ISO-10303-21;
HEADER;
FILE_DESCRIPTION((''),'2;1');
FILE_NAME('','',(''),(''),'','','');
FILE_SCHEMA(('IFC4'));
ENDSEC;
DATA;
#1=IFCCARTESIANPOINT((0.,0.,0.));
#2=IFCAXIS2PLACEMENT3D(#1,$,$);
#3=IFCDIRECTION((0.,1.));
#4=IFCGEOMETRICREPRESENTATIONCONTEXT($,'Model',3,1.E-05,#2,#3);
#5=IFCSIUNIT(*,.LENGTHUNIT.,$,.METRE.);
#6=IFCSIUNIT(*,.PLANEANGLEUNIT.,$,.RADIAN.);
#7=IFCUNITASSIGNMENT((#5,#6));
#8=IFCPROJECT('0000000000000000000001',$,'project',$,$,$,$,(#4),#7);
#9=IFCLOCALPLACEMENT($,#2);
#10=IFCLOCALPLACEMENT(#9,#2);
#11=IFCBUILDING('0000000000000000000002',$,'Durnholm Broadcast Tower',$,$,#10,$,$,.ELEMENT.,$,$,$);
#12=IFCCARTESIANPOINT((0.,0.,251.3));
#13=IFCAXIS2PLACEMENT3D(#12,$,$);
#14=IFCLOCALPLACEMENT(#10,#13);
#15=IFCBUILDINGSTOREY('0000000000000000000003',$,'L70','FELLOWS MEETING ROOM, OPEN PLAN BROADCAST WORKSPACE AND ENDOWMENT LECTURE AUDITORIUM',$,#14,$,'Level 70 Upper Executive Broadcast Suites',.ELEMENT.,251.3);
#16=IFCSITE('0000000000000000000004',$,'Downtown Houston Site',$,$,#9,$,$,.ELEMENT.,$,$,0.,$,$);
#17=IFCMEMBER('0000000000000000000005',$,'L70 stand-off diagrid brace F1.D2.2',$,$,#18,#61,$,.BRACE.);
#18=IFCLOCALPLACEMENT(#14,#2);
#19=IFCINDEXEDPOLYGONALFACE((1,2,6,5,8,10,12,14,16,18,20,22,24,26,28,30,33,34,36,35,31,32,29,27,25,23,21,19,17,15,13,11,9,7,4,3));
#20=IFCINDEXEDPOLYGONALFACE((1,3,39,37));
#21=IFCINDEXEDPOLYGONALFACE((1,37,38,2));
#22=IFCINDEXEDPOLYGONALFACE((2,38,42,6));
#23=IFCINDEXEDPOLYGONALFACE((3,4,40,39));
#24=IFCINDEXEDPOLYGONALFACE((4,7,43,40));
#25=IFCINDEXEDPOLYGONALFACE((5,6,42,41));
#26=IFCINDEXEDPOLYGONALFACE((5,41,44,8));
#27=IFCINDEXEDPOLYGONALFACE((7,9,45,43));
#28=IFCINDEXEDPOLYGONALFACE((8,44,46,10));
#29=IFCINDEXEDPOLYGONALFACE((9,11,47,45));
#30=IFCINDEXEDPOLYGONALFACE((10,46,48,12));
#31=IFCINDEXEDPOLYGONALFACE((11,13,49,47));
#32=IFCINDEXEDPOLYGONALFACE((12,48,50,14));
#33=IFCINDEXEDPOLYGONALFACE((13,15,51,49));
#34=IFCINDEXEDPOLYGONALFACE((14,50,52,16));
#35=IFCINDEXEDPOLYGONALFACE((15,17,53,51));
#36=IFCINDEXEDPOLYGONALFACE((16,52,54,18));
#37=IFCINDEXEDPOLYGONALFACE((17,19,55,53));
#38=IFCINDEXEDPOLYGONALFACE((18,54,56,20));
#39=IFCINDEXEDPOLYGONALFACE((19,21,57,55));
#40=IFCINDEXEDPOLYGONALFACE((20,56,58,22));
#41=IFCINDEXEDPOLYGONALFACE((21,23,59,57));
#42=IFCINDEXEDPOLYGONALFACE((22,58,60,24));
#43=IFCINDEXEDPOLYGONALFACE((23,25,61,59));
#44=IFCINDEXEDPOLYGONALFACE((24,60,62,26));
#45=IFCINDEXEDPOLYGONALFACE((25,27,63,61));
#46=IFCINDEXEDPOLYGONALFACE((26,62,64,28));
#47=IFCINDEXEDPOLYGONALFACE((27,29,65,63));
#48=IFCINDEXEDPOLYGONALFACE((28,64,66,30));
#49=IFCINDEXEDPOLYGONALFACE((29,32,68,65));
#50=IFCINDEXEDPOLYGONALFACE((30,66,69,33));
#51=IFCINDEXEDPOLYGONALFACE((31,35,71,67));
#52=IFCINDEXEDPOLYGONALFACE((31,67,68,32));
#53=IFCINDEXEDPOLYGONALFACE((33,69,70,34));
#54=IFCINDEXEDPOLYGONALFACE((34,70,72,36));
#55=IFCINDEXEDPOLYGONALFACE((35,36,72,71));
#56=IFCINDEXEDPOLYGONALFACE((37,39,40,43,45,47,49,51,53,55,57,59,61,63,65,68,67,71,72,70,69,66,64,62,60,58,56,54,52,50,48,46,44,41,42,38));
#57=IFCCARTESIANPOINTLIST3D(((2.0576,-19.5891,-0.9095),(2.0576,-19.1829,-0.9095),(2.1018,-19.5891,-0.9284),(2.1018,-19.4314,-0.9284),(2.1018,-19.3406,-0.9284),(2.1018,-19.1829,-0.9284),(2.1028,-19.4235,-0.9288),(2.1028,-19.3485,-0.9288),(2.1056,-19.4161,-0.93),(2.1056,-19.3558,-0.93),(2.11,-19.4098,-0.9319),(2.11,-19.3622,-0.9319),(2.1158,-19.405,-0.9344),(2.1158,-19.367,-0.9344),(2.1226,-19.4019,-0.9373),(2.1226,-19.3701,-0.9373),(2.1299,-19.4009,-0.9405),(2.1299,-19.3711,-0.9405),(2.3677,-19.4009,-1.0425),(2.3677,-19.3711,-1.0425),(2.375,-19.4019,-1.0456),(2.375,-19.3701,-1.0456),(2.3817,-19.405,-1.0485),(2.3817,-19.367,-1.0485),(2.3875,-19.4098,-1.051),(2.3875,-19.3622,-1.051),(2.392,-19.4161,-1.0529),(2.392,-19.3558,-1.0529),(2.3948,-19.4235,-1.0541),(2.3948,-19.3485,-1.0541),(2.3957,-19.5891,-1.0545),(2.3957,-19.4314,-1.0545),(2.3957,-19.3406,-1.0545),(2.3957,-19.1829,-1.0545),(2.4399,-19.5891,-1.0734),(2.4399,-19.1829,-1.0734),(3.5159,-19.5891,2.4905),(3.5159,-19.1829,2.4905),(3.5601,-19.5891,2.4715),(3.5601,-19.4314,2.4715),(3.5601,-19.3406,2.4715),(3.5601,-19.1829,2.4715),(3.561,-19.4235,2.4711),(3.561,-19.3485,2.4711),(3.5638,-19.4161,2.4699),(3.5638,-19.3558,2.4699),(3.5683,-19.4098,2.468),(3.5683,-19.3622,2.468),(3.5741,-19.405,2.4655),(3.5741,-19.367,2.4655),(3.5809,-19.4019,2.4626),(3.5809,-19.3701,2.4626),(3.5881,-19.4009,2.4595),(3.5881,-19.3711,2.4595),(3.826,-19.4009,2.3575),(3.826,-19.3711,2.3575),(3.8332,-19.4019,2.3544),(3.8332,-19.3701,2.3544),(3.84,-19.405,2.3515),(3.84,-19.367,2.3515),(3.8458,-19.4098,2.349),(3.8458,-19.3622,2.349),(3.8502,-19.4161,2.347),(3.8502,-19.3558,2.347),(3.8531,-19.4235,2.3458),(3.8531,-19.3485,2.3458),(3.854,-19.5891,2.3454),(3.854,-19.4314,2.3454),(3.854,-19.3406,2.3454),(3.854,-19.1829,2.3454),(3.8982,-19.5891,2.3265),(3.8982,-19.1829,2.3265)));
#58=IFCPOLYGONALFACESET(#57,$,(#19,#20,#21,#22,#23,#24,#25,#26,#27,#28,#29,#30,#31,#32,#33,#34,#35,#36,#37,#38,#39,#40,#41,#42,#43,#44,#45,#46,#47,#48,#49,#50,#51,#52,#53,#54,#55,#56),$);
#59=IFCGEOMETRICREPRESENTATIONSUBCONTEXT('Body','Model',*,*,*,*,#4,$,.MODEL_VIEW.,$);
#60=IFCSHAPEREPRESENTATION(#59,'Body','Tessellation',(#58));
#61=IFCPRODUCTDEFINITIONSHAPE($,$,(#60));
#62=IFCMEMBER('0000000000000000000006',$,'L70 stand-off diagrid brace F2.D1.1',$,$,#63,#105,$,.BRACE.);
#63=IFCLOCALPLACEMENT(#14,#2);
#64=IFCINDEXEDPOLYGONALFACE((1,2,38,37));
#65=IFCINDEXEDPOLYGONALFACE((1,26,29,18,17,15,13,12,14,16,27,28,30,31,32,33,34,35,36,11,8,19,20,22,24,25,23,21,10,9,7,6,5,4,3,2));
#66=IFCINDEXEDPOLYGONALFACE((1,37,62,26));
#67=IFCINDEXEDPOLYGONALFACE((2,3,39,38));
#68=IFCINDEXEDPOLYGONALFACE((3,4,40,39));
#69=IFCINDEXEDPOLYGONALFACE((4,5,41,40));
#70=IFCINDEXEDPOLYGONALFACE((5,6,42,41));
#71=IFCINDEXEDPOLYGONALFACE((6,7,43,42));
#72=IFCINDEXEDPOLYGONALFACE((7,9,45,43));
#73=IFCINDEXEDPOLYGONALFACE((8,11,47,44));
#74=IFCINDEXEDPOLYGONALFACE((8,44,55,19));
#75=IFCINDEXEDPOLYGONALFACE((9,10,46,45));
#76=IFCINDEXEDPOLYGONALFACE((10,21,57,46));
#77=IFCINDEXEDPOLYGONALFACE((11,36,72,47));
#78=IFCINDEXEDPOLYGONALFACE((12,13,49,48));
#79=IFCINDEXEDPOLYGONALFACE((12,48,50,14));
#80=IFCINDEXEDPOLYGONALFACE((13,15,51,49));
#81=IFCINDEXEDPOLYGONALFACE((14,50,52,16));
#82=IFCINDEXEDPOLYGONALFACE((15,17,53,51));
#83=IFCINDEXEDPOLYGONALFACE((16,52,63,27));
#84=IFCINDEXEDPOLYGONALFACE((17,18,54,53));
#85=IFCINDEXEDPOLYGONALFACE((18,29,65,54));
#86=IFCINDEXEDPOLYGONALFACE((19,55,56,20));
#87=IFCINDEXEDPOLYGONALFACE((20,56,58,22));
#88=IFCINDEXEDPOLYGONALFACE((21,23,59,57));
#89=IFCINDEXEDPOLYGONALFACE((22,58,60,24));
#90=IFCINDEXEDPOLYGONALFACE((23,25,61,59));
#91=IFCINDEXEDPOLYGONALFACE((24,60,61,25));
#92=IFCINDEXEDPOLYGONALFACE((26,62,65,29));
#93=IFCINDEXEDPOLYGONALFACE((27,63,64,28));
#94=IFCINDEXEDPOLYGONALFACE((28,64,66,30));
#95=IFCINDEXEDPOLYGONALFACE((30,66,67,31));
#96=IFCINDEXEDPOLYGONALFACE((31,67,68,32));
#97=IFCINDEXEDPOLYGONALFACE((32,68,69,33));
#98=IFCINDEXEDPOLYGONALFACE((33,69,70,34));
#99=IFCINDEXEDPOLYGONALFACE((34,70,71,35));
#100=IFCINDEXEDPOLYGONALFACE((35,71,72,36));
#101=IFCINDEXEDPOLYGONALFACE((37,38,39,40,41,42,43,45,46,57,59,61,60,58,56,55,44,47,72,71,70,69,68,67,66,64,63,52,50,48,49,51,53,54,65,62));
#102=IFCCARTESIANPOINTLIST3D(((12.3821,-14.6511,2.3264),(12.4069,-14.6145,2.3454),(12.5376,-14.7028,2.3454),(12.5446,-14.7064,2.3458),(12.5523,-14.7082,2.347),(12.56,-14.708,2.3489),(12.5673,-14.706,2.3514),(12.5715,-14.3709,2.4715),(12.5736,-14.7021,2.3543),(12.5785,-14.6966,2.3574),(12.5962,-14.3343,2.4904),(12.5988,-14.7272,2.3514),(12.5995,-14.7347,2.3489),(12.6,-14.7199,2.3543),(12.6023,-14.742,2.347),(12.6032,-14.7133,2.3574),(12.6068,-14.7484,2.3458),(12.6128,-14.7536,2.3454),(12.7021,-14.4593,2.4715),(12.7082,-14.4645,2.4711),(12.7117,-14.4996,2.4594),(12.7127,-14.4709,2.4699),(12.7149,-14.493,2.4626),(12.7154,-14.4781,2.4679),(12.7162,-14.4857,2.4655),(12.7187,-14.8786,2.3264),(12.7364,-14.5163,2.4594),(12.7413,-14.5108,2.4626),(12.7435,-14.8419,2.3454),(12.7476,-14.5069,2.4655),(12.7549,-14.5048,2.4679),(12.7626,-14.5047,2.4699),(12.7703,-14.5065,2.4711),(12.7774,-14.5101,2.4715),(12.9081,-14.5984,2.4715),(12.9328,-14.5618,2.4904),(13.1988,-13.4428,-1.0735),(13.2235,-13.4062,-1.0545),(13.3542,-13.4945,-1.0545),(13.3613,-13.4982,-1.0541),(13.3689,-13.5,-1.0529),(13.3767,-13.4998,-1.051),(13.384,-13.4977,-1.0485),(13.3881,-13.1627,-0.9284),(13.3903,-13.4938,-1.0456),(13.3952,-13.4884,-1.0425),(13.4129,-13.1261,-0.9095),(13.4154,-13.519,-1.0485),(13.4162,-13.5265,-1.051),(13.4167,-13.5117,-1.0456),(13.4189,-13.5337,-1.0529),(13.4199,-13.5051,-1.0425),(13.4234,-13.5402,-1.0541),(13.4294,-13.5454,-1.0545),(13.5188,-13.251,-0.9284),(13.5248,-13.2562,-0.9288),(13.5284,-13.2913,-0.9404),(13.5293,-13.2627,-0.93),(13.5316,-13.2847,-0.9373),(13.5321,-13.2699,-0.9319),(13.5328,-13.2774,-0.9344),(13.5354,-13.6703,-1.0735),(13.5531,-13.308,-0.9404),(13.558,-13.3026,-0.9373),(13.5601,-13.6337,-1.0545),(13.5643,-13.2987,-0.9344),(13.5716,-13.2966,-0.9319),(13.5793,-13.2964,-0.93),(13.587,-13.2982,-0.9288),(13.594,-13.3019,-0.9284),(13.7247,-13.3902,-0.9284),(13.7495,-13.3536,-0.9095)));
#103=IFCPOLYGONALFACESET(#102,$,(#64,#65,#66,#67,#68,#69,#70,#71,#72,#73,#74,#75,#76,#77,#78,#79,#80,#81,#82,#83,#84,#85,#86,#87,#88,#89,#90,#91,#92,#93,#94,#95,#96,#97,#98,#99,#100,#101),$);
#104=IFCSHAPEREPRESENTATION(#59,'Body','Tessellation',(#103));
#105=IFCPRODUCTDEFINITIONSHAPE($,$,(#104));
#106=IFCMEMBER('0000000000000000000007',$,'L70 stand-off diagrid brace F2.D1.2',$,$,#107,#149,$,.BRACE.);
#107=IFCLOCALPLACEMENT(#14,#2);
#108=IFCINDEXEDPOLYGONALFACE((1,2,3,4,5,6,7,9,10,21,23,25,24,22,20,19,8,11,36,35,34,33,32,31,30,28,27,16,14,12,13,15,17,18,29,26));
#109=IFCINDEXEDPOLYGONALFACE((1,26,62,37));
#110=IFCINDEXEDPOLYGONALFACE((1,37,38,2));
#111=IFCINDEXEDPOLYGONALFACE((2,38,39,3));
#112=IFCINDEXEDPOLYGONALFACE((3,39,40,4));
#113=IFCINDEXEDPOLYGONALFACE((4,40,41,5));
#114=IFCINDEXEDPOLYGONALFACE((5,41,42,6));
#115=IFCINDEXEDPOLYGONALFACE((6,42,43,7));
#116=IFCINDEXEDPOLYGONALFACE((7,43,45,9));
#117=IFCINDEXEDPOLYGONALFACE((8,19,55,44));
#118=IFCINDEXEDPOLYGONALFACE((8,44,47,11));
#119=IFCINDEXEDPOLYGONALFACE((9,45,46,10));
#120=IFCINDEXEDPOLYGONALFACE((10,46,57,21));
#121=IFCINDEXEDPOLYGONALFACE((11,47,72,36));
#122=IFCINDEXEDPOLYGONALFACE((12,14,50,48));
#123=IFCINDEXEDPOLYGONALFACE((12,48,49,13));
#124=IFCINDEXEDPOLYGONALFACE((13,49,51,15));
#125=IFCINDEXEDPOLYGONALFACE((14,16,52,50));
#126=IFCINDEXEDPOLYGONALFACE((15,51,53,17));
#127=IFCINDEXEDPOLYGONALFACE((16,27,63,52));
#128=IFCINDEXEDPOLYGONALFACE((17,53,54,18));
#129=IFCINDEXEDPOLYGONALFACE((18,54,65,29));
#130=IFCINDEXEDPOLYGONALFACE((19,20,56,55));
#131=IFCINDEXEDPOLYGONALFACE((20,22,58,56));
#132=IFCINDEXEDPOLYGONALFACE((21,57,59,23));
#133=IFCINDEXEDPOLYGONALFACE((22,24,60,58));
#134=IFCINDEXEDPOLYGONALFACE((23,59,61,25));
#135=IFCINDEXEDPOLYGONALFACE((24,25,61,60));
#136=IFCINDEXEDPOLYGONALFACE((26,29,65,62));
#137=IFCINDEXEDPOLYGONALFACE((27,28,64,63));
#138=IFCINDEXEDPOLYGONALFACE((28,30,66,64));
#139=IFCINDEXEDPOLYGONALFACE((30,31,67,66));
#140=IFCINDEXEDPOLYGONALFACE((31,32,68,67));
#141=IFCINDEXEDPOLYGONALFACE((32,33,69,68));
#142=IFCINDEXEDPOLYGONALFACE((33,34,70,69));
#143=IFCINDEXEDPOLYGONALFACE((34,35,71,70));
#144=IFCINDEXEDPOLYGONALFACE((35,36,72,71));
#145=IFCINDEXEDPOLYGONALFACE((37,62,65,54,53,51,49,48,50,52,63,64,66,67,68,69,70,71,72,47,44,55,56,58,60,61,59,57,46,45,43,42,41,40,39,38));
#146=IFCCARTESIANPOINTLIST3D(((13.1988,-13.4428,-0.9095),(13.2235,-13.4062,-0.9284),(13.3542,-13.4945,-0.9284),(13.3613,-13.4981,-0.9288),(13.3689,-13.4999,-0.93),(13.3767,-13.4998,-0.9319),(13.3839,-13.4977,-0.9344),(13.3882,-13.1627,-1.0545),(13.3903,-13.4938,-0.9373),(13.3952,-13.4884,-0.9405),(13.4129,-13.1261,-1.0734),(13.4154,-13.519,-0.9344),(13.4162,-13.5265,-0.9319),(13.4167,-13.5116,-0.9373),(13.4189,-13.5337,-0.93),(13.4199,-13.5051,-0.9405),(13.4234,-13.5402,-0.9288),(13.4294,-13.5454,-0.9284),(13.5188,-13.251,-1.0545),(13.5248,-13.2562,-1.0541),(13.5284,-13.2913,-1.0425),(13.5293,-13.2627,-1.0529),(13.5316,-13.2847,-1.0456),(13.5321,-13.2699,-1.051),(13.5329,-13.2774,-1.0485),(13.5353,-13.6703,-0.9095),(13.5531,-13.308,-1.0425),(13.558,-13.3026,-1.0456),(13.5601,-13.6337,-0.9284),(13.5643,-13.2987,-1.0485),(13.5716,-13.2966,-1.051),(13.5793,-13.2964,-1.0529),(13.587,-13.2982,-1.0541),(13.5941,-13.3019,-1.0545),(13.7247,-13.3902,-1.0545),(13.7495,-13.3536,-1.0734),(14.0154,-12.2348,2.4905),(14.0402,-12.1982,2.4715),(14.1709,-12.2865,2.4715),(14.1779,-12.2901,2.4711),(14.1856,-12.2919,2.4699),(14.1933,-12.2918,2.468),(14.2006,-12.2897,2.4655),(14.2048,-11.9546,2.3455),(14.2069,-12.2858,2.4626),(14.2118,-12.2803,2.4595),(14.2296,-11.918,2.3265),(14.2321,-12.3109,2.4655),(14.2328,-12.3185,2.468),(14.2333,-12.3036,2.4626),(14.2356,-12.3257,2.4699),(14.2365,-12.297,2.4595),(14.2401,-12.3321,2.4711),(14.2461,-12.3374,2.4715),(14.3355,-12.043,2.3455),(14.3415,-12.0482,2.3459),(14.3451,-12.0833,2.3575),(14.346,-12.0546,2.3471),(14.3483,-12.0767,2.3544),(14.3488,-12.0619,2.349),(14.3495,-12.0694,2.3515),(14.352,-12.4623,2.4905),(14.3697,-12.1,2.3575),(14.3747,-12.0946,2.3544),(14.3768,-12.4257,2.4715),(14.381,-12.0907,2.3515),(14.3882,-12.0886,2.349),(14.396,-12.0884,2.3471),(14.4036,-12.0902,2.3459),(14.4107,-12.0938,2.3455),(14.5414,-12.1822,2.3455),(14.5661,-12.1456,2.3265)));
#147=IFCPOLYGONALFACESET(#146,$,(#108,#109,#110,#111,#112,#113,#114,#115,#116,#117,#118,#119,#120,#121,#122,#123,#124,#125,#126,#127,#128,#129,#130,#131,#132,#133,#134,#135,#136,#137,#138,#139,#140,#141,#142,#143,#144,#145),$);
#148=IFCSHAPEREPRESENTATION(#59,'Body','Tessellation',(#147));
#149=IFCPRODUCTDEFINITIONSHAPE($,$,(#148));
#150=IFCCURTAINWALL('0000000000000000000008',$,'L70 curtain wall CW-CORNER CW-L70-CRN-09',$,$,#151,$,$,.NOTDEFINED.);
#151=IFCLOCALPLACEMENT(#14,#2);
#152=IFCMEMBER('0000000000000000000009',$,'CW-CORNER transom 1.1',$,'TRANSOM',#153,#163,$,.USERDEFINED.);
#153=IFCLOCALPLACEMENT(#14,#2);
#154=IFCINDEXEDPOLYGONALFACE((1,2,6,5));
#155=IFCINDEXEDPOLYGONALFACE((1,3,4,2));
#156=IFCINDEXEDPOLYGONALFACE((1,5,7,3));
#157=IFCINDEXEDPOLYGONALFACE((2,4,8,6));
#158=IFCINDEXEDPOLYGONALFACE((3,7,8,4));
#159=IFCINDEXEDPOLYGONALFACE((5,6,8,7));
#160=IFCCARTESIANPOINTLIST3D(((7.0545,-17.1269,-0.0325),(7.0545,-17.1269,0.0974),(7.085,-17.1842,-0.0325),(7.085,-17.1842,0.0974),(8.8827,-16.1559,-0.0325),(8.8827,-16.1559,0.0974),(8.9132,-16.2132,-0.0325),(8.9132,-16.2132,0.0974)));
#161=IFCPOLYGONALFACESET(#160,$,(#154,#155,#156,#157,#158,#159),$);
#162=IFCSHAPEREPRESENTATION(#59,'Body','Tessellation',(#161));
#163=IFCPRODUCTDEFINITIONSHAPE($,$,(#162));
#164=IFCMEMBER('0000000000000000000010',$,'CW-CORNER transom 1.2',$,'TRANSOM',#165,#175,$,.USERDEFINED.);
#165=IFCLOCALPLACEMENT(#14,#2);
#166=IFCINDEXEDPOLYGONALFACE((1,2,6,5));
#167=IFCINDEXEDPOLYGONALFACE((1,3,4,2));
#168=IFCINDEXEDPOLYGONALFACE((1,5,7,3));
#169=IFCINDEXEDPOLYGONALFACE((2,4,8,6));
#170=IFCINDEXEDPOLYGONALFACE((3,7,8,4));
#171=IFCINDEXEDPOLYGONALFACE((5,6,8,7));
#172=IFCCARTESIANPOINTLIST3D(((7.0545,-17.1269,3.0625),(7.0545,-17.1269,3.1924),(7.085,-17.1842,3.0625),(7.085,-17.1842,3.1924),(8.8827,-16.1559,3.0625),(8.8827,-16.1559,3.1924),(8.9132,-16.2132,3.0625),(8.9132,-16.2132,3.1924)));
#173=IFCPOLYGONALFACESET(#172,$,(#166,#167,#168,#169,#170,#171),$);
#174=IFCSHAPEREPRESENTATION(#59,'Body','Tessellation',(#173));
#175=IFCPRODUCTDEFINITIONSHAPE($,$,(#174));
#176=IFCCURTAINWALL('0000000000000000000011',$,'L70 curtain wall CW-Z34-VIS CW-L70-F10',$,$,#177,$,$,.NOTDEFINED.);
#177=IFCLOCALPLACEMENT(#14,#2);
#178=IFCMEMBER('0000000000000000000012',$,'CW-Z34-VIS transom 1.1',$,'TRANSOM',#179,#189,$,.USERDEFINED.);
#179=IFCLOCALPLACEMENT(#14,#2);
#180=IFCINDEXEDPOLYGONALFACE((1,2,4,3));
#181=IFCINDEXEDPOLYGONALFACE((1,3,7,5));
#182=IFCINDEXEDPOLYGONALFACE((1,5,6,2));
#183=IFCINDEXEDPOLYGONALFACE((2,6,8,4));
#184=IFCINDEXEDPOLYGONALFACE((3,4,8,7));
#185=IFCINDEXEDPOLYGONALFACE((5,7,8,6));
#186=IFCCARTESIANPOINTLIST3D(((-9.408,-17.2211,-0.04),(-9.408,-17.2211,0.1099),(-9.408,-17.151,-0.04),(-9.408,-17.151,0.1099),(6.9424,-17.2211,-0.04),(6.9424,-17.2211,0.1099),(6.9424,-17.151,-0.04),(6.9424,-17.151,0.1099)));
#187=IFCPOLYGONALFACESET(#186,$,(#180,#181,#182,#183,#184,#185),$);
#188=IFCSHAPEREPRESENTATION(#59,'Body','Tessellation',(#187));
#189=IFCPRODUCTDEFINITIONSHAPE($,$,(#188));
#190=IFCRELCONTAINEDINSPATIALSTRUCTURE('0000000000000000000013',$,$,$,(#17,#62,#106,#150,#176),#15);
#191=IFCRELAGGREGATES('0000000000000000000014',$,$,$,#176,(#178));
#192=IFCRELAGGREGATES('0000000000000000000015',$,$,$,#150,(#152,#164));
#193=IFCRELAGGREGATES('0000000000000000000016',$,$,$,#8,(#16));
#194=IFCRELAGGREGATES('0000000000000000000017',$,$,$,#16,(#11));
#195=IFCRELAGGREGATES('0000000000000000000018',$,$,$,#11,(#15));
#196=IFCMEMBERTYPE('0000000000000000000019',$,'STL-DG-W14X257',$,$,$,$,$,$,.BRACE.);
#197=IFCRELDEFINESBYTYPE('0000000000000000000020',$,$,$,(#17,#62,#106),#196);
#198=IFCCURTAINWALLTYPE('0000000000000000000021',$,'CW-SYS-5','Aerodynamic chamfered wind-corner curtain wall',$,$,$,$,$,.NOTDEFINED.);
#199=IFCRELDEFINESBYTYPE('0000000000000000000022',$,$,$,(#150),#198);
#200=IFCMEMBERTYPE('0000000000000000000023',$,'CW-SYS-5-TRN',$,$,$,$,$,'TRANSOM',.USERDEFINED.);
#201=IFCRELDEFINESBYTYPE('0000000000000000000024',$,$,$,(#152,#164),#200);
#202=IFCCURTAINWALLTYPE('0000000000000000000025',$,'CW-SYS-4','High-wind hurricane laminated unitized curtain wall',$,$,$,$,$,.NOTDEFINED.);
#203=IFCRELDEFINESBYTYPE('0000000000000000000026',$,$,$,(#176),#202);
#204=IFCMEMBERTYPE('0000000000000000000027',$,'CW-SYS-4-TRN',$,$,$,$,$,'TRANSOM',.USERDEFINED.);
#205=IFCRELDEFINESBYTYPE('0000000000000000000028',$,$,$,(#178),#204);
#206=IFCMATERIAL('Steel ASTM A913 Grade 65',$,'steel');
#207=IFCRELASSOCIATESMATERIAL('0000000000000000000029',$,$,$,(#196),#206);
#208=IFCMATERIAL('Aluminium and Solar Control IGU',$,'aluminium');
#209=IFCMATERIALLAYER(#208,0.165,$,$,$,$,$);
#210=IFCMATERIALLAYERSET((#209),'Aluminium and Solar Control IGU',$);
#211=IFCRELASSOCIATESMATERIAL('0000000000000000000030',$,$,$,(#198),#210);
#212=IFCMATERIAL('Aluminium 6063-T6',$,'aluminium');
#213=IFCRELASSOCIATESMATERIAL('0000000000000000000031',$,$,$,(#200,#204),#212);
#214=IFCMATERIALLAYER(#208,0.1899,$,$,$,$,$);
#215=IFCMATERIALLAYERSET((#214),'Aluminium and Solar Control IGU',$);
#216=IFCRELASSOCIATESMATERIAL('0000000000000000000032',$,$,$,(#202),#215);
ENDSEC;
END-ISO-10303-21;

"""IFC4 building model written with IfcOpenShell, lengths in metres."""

from ifc_helpers import new_model, si_unit, direction, frame, origin, origin_2d, place, context, subcontext, project, spatial, rectangle, i_section, extrude, source, transform, mapped, material, layer, layer_set, material_profile, profile_set, type_object, type_shapes, element, aggregate, save


model = new_model("IFC4")

# Units and contexts
model_context = context("Model", 3, precision=1e-05, world=origin(), true_north=direction((0.0, 1.0)))
body_context = subcontext(model_context, "Body", "Model", "MODEL_VIEW")
ifc_project = project(units=[si_unit("LENGTHUNIT", "METRE"), si_unit("PLANEANGLEUNIT", "RADIAN")], contexts=[model_context])

# Site, building, storey
site_placement = place(None, origin())
site = spatial("IfcSite", under=ifc_project, at=site_placement, Name="Downtown Houston Site", CompositionType="ELEMENT", RefElevation=0.0)
building_placement = place(site_placement, origin())
building = spatial("IfcBuilding", under=site, at=building_placement, Name="Durnholm Broadcast Tower", CompositionType="ELEMENT")
storey_placement = place(building_placement, frame((0.0, 0.0, 251.3)))
storey = spatial("IfcBuildingStorey", under=building, at=storey_placement, Name="L70", Description="FELLOWS MEETING ROOM, OPEN PLAN BROADCAST WORKSPACE AND ENDOWMENT LECTURE AUDITORIUM", LongName="Level 70 Upper Executive Broadcast Suites", CompositionType="ELEMENT", Elevation=251.3)

# Members
ifc_material_1 = material(Name="Steel ASTM A913 Grade 65", Category="steel")
ifc_material_profile_1 = material_profile(ifc_material_1, i_section(OverallWidth=0.4062, OverallDepth=0.416, WebThickness=0.0298, FlangeThickness=0.0481, FilletRadius=0.0305, at=origin_2d()), Name="W14X257")
ifc_profile_set_1 = profile_set([ifc_material_profile_1], Name="Steel ASTM A913 Grade 65")
member_type_1 = type_object("IfcMemberType", Name="STL-DG-W14X257", PredefinedType="BRACE", material=ifc_profile_set_1)
shared_shape_1 = source(origin(), body_context, "Body", "SweptSolid", [
    extrude(i_section(OverallWidth=0.4062, OverallDepth=0.416, WebThickness=0.0298, FlangeThickness=0.0481, FilletRadius=0.0305, at=origin_2d()), origin(), (0.0, 0.0, 1.0), 3.6995),
])
type_shapes(member_type_1, [shared_shape_1])
for number, where, z_axis, x_axis, name in (
    (1, (2.2488, -19.386, -0.9915), (0.394182, 0.0, 0.919032), (0.0, 1.0, 0.0), "L70 stand-off diagrid brace F1.D2.2"),
    (2, (13.4741, -13.3982, -0.9915), (-0.220748, -0.326601, 0.919023), (0.828505, -0.559982, 0.0), "L70 stand-off diagrid brace F2.D1.1"),
    (3, (13.4741, -13.3982, -0.9915), (0.220752, 0.326542, 0.919042), (-0.828452, 0.560059, 0.0), "L70 stand-off diagrid brace F2.D1.2"),
):
    element("IfcMember", number, at=place(storey_placement, frame(where, z_axis=z_axis, x_axis=x_axis)), inside=storey, type_object=member_type_1, Name=name, PredefinedType="BRACE", context=body_context, shape_type="MappedRepresentation", body=[
        mapped(shared_shape_1, transform((0.0, 0.0, 0.0), x_axis=(1.0, 0.0, 0.0), y_axis=(0.0, 1.0, 0.0), z_axis=(0.0, 0.0, 1.0), scale=1.0)),
    ])

# Curtain walls, members
ifc_material_2 = material(Name="Aluminium and Solar Control IGU", Category="aluminium")
ifc_layer_1 = layer(ifc_material_2, 0.165)
ifc_layer_set_1 = layer_set([ifc_layer_1], Name="Aluminium and Solar Control IGU")
curtain_wall_type_1 = type_object("IfcCurtainWallType", Name="CW-SYS-5", Description="Aerodynamic chamfered wind-corner curtain wall", PredefinedType="NOTDEFINED", material=ifc_layer_set_1)
curtain_wall_1_placement = place(storey_placement, origin())
curtain_wall_1 = element("IfcCurtainWall", 4, at=curtain_wall_1_placement, inside=storey, type_object=curtain_wall_type_1, Name="L70 curtain wall CW-CORNER CW-L70-CRN-09", PredefinedType="NOTDEFINED")
ifc_material_3 = material(Name="Aluminium 6063-T6", Category="aluminium")
ifc_material_profile_2 = material_profile(ifc_material_3, rectangle(XDim=0.0649, YDim=0.1299, at=origin_2d()), Name="CWT65X130")
ifc_profile_set_2 = profile_set([ifc_material_profile_2], Name="Aluminium 6063-T6")
member_type_2 = type_object("IfcMemberType", Name="CW-SYS-5-TRN", ElementType="TRANSOM", PredefinedType="USERDEFINED", material=ifc_profile_set_2)
shared_shape_2 = source(origin(), body_context, "Body", "SweptSolid", [
    extrude(rectangle(XDim=0.0649, YDim=0.1299, at=origin_2d()), origin(), (0.0, 0.0, 1.0), 2.0701),
])
type_shapes(member_type_2, [shared_shape_2])
member_1_placement = place(storey_placement, frame((8.8979, -16.1846, 0.0325), z_axis=(-0.883165, -0.469063, 0.0), x_axis=(0.469063, -0.883165, 0.0)))
member_1 = element("IfcMember", 5, at=member_1_placement, type_object=member_type_2, Name="CW-CORNER transom 1.1", ObjectType="TRANSOM", PredefinedType="USERDEFINED", context=body_context, shape_type="MappedRepresentation", body=[
    mapped(shared_shape_2, transform((0.0, 0.0, 0.0), x_axis=(1.0, 0.0, 0.0), y_axis=(0.0, 1.0, 0.0), z_axis=(0.0, 0.0, 1.0), scale=1.0)),
])
member_2_placement = place(storey_placement, frame((8.8979, -16.1846, 3.1274), z_axis=(-0.883165, -0.469063, 0.0), x_axis=(0.469063, -0.883165, 0.0)))
member_2 = element("IfcMember", 6, at=member_2_placement, type_object=member_type_2, Name="CW-CORNER transom 1.2", ObjectType="TRANSOM", PredefinedType="USERDEFINED", context=body_context, shape_type="MappedRepresentation", body=[
    mapped(shared_shape_2, transform((0.0, 0.0, 0.0), x_axis=(1.0, 0.0, 0.0), y_axis=(0.0, 1.0, 0.0), z_axis=(0.0, 0.0, 1.0), scale=1.0)),
])
ifc_layer_2 = layer(ifc_material_2, 0.1899)
ifc_layer_set_2 = layer_set([ifc_layer_2], Name="Aluminium and Solar Control IGU")
curtain_wall_type_2 = type_object("IfcCurtainWallType", Name="CW-SYS-4", Description="High-wind hurricane laminated unitized curtain wall", PredefinedType="NOTDEFINED", material=ifc_layer_set_2)
curtain_wall_2_placement = place(storey_placement, origin())
curtain_wall_2 = element("IfcCurtainWall", 7, at=curtain_wall_2_placement, inside=storey, type_object=curtain_wall_type_2, Name="L70 curtain wall CW-Z34-VIS CW-L70-F10", PredefinedType="NOTDEFINED")
ifc_material_profile_3 = material_profile(ifc_material_3, rectangle(XDim=0.0701, YDim=0.1499, at=origin_2d()), Name="CWT70X150")
ifc_profile_set_3 = profile_set([ifc_material_profile_3], Name="Aluminium 6063-T6")
member_type_3 = type_object("IfcMemberType", Name="CW-SYS-4-TRN", ElementType="TRANSOM", PredefinedType="USERDEFINED", material=ifc_profile_set_3)
shared_shape_3 = source(origin(), body_context, "Body", "SweptSolid", [
    extrude(rectangle(XDim=0.0701, YDim=0.1499, at=origin_2d()), origin(), (0.0, 0.0, 1.0), 16.3503),
])
type_shapes(member_type_3, [shared_shape_3])
member_3_placement = place(storey_placement, frame((6.9424, -17.186, 0.0349), z_axis=(-1.0, 0.0, 0.0), x_axis=(0.0, -1.0, 0.0)))
member_3 = element("IfcMember", 8, at=member_3_placement, type_object=member_type_3, Name="CW-Z34-VIS transom 1.1", ObjectType="TRANSOM", PredefinedType="USERDEFINED", context=body_context, shape_type="MappedRepresentation", body=[
    mapped(shared_shape_3, transform((0.0, 0.0, 0.0), x_axis=(1.0, 0.0, 0.0), y_axis=(0.0, 1.0, 0.0), z_axis=(0.0, 0.0, 1.0), scale=1.0)),
])

aggregate(curtain_wall_2, [member_3])

aggregate(curtain_wall_1, [member_1, member_2])

save(model, "model.ifc")
